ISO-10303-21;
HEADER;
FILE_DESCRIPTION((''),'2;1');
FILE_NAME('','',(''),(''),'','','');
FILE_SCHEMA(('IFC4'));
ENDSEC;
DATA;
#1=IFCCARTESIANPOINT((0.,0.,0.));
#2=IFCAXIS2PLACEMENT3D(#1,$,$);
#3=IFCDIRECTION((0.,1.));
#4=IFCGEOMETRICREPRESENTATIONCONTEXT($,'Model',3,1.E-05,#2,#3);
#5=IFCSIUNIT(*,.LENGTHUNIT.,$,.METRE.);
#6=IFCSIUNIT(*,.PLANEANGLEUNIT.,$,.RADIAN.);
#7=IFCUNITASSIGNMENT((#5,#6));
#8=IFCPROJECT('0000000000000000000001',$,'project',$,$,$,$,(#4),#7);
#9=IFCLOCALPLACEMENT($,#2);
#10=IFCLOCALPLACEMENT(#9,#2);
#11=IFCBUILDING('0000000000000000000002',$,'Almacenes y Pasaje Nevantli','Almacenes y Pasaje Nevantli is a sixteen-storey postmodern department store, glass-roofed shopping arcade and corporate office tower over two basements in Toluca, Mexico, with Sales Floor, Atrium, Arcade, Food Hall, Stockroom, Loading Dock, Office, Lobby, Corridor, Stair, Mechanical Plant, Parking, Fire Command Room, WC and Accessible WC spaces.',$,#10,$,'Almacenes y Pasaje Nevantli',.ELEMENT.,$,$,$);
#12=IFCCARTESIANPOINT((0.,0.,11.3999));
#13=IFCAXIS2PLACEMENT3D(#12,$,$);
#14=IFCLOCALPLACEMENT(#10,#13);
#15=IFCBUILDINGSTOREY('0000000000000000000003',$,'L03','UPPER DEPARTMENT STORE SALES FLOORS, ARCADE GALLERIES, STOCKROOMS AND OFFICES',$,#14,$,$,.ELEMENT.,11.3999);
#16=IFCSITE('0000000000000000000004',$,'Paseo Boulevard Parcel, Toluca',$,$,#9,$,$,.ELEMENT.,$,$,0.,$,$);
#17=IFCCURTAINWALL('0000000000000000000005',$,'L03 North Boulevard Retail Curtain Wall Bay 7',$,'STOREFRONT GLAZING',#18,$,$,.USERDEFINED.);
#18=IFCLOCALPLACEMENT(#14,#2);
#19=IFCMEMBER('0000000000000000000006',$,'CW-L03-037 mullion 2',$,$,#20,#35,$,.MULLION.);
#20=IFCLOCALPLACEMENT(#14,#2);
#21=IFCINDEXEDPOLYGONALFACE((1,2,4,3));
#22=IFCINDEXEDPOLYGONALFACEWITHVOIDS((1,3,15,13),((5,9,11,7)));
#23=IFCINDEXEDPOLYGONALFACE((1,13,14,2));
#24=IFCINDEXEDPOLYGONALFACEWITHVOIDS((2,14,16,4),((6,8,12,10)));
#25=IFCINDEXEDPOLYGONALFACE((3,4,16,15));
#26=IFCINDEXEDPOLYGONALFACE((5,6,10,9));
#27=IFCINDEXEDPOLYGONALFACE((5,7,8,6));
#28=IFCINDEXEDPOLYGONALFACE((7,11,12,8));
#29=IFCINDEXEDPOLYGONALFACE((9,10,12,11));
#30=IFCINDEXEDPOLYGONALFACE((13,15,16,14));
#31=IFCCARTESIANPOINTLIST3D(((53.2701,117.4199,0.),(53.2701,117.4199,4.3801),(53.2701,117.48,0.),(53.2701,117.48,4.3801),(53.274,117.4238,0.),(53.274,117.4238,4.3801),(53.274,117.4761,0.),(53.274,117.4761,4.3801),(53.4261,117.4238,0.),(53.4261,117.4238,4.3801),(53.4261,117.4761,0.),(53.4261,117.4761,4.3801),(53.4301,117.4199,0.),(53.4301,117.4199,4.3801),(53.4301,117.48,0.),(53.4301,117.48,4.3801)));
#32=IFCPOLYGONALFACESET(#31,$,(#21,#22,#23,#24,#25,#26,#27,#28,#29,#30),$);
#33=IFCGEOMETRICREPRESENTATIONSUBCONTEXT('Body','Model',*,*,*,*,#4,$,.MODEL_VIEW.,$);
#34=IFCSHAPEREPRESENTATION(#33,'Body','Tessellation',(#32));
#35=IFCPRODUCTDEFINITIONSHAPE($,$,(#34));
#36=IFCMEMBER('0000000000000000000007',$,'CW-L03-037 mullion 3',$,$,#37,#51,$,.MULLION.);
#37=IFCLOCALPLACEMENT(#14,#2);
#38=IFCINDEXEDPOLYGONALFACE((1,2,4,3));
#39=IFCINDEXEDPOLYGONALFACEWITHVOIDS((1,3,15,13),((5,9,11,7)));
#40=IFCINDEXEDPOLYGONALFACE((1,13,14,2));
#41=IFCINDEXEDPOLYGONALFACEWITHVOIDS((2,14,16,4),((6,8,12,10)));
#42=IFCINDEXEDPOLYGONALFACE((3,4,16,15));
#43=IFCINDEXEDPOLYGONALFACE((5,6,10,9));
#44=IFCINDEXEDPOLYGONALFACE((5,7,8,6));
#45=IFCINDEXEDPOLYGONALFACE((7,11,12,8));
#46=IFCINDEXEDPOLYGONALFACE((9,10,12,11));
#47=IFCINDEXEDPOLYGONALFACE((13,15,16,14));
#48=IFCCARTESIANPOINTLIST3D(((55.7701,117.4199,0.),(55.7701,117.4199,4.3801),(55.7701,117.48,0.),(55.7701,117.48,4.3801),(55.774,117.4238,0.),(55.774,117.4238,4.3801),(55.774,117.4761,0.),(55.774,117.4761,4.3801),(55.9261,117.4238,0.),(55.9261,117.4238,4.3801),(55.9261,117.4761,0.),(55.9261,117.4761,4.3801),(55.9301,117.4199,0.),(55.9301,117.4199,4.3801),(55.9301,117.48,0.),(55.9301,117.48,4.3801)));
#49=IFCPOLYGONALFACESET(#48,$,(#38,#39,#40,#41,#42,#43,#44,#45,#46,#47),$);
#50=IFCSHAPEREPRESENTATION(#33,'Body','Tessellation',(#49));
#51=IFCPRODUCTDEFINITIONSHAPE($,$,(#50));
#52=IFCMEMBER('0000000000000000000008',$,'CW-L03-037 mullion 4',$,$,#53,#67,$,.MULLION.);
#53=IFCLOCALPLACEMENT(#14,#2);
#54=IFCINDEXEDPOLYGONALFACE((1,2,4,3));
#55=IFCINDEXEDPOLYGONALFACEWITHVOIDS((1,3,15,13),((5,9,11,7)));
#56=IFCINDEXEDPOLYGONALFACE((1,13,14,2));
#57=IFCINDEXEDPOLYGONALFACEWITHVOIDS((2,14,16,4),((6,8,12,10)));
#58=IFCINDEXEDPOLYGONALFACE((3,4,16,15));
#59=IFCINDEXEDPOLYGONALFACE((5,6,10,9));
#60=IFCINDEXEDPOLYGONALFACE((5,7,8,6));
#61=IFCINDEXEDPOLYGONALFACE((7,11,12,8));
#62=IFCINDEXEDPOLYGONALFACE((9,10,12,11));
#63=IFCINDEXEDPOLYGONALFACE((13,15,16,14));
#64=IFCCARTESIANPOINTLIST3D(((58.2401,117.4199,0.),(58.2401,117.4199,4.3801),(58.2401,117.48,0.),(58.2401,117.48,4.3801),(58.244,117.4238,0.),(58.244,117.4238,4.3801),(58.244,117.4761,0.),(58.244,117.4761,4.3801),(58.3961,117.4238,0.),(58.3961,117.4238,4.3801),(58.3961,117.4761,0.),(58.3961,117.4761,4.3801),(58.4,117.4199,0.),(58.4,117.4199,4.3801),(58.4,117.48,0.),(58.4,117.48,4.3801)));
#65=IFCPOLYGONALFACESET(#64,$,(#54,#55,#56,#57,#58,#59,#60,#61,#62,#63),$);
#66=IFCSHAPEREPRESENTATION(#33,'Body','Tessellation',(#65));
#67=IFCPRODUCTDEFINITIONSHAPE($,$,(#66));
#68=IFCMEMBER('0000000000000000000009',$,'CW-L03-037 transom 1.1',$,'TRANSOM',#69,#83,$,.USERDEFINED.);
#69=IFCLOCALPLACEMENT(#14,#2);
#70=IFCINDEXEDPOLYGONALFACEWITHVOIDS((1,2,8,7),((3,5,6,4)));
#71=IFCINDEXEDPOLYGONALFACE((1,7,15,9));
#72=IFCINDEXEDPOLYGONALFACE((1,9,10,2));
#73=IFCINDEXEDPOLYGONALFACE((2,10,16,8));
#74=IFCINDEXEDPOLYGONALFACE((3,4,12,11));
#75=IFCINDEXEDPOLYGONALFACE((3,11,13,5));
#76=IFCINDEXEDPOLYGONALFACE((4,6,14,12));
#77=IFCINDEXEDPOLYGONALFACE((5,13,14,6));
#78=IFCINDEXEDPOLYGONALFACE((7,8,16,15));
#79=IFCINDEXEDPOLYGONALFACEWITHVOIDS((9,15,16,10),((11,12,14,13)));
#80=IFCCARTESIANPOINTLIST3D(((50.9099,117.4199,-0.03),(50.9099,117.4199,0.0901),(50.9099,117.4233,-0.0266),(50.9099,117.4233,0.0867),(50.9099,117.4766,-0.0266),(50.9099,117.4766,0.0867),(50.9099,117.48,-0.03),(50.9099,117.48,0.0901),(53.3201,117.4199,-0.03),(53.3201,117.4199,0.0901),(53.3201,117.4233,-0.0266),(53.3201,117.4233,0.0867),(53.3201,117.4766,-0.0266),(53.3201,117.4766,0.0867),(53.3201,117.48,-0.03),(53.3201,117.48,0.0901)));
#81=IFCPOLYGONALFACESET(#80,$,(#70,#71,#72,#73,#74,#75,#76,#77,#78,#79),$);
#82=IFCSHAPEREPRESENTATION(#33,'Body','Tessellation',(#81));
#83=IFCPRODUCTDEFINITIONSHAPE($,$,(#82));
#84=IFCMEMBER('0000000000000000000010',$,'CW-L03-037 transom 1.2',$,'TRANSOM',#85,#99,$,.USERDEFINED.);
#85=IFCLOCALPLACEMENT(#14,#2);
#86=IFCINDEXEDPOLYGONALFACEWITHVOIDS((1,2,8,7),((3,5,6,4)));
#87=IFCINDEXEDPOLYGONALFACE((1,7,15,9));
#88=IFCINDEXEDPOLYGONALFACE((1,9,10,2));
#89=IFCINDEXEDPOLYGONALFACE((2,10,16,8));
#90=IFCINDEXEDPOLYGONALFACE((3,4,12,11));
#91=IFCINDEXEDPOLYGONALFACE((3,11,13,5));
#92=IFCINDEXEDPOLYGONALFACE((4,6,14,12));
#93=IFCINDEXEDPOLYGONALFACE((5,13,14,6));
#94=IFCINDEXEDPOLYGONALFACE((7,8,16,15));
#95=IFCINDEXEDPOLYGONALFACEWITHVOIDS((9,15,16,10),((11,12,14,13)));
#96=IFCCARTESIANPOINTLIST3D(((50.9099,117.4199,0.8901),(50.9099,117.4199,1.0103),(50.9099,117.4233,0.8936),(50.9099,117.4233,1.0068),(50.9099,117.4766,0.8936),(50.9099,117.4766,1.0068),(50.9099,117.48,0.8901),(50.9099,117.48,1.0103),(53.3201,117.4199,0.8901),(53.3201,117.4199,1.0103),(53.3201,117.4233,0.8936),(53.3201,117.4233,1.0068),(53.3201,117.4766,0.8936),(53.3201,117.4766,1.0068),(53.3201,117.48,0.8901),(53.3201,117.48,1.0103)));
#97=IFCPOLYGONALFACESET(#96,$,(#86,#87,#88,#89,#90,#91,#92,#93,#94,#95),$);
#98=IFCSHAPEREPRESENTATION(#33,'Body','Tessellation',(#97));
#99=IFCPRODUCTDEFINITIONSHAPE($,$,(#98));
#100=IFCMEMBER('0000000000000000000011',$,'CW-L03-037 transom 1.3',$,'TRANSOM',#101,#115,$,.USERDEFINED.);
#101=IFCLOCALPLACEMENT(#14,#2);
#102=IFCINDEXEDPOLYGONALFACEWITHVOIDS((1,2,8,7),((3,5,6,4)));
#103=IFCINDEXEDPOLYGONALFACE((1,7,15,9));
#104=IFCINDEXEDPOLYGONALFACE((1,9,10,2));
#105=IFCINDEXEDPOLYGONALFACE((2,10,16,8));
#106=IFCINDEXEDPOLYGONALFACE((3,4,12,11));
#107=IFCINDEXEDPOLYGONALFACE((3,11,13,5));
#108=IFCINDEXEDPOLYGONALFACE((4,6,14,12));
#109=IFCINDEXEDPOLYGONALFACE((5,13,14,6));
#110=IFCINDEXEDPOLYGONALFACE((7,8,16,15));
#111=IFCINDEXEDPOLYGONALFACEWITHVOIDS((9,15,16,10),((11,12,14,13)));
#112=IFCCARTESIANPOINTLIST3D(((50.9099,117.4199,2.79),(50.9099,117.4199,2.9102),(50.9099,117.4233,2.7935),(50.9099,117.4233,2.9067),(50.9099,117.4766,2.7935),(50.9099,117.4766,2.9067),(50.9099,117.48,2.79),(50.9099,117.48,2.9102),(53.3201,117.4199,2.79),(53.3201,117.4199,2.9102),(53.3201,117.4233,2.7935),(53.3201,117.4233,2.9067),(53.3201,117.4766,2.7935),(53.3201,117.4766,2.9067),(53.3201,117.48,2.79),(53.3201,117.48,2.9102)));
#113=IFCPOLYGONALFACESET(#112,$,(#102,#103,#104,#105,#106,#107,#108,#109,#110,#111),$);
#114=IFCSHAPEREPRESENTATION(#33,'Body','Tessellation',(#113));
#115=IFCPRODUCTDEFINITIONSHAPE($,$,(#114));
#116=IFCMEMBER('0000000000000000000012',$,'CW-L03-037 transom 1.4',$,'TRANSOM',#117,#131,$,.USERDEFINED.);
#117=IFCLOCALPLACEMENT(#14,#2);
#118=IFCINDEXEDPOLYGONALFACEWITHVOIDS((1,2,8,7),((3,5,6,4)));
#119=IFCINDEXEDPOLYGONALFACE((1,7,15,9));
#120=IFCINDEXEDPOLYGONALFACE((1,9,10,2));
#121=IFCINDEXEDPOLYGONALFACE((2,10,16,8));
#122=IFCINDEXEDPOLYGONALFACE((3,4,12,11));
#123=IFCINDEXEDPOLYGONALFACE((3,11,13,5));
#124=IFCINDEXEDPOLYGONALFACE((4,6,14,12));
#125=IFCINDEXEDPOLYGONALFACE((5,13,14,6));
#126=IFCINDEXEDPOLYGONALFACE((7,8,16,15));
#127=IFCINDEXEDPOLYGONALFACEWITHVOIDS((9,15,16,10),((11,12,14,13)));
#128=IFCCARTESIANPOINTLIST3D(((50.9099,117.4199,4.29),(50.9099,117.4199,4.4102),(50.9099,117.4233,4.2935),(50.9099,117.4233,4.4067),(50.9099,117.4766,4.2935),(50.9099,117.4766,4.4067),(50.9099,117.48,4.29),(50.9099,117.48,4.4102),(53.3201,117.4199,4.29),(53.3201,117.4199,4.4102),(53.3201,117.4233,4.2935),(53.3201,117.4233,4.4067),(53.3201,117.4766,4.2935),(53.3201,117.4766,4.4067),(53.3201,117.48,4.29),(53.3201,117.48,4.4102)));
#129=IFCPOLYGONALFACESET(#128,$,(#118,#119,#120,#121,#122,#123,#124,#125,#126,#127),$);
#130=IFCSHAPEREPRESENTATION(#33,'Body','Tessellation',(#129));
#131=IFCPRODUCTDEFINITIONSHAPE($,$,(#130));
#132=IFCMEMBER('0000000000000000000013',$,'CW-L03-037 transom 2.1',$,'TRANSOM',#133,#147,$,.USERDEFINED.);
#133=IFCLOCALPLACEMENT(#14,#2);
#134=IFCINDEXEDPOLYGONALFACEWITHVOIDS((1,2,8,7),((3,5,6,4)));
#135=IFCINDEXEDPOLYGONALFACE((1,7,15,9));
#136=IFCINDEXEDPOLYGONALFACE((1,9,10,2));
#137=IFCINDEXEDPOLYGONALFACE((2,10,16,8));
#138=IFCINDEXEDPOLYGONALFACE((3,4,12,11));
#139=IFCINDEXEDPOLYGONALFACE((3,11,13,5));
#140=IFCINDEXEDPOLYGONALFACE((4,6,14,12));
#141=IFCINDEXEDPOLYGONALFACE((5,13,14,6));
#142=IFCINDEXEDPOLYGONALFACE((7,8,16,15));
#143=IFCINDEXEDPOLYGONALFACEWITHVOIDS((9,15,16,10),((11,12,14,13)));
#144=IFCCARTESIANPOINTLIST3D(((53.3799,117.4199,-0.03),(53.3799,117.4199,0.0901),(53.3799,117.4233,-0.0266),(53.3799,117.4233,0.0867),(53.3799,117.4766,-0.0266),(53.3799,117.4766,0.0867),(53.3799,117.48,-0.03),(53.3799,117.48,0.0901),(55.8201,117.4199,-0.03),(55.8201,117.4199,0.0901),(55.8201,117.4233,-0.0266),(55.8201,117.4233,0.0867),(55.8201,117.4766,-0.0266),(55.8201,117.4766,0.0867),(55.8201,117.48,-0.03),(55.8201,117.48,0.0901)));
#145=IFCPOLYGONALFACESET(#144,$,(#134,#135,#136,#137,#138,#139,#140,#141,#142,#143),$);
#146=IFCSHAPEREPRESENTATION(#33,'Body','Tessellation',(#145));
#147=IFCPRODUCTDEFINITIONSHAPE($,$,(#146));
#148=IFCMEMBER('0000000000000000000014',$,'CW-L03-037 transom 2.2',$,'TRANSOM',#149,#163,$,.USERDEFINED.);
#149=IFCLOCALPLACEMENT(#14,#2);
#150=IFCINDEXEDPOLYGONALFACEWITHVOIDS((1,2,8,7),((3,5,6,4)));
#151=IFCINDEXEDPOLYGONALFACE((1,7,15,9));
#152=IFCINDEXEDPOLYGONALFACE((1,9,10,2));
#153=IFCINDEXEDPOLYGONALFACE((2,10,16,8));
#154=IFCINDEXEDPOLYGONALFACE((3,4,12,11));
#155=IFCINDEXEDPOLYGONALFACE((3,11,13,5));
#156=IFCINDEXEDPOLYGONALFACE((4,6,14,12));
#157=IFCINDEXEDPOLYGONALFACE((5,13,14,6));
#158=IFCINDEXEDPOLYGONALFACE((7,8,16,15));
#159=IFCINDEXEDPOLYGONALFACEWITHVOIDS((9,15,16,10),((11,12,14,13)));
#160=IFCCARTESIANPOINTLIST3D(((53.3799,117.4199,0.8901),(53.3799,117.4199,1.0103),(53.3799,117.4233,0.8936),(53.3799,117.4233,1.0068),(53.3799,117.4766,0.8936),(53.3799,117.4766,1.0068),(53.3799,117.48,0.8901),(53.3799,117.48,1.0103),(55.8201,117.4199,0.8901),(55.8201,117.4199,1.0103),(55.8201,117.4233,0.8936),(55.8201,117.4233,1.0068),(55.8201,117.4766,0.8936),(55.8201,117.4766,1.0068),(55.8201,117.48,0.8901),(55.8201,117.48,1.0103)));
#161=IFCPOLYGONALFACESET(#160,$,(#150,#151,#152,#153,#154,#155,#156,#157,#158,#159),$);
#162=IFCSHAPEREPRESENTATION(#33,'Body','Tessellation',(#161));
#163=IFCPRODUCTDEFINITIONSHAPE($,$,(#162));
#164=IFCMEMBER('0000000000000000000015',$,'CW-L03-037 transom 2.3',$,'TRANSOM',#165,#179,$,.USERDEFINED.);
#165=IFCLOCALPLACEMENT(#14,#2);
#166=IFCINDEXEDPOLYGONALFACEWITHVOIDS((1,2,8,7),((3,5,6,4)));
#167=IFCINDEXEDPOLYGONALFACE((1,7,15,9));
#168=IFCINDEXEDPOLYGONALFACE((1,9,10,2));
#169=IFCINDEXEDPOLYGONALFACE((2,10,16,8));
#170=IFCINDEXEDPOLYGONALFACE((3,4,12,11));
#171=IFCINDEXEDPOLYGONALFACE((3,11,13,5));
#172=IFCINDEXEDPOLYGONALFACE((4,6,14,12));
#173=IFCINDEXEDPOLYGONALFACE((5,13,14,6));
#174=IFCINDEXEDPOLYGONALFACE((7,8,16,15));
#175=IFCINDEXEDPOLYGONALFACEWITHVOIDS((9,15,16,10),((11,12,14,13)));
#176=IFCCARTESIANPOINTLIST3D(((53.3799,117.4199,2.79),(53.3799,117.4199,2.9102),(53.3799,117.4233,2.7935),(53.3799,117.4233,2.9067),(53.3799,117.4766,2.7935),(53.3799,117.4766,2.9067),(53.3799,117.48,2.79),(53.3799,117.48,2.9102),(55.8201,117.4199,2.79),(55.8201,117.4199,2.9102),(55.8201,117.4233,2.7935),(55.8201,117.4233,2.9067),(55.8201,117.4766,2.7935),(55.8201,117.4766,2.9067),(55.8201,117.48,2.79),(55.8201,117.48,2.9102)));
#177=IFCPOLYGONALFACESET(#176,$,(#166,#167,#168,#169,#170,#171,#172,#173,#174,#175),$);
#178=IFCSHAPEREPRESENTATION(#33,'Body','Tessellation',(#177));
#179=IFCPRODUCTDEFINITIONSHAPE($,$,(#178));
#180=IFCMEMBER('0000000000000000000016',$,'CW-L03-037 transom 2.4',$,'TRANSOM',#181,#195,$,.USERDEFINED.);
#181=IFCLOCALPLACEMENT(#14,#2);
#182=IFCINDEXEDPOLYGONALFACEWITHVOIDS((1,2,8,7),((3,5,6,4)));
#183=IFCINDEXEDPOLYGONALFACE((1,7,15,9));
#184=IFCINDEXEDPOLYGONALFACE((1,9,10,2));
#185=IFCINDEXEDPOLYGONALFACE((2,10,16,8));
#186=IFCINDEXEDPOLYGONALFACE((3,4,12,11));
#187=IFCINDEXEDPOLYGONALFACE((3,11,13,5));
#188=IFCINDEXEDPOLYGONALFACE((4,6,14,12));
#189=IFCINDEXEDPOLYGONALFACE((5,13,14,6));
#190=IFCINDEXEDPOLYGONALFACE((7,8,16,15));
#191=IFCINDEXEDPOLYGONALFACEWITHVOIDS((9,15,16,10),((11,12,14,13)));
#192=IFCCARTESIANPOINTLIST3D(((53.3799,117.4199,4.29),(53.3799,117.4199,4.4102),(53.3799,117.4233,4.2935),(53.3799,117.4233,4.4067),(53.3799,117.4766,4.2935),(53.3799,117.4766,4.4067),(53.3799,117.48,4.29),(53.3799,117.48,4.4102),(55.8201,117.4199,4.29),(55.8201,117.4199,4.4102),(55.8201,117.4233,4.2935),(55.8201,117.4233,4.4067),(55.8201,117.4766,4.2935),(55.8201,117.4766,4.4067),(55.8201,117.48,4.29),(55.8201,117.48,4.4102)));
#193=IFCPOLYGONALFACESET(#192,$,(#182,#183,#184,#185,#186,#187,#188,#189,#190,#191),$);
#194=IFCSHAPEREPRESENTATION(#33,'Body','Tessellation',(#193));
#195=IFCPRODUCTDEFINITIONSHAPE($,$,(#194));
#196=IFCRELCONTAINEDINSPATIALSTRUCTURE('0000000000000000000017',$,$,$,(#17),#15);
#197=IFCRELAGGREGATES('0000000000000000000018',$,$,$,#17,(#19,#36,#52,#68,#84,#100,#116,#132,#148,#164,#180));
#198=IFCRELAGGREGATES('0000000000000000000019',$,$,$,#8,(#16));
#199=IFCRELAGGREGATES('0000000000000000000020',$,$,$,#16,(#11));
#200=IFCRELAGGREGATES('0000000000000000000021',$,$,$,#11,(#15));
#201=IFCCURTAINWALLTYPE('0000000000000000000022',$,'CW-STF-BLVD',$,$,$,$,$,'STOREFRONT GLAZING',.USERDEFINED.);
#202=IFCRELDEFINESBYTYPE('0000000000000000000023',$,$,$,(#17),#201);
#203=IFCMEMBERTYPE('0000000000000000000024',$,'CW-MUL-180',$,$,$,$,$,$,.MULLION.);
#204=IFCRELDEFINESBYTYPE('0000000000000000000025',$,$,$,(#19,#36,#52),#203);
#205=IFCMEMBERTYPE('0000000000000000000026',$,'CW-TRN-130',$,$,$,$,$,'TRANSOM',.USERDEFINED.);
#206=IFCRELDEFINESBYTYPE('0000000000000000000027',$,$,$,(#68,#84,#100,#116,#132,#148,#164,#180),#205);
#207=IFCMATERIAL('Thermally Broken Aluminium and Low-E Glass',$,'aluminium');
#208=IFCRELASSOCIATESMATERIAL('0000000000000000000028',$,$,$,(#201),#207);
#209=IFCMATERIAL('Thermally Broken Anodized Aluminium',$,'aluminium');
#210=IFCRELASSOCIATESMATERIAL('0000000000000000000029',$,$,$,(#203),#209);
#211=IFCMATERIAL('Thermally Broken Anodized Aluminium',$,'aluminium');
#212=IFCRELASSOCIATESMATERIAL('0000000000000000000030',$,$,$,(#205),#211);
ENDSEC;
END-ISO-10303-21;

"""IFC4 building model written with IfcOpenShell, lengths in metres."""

from ifc_helpers import new_model, si_unit, direction, frame, origin, origin_2d, place, context, subcontext, project, spatial, hollow_rectangle, extrude, material, material_profile, profile_set, type_object, element, aggregate, save


model = new_model("IFC4")

# Units and contexts
model_context = context("Model", 3, precision=1e-05, world=origin(), true_north=direction((0.0, 1.0)))
body_context = subcontext(model_context, "Body", "Model", "MODEL_VIEW")
ifc_project = project(units=[si_unit("LENGTHUNIT", "METRE"), si_unit("PLANEANGLEUNIT", "RADIAN")], contexts=[model_context])

# Site, building, storey
site_placement = place(None, origin())
site = spatial("IfcSite", under=ifc_project, at=site_placement, Name="Paseo Boulevard Parcel, Toluca", CompositionType="ELEMENT", RefElevation=0.0)
building_placement = place(site_placement, origin())
building = spatial("IfcBuilding", under=site, at=building_placement, Name="Almacenes y Pasaje Nevantli", Description="Almacenes y Pasaje Nevantli is a sixteen-storey postmodern department store, glass-roofed shopping arcade and corporate office tower over two basements in Toluca, Mexico, with Sales Floor, Atrium, Arcade, Food Hall, Stockroom, Loading Dock, Office, Lobby, Corridor, Stair, Mechanical Plant, Parking, Fire Command Room, WC and Accessible WC spaces.", LongName="Almacenes y Pasaje Nevantli", CompositionType="ELEMENT")
storey_placement = place(building_placement, frame((0.0, 0.0, 11.3999)))
storey = spatial("IfcBuildingStorey", under=building, at=storey_placement, Name="L03", Description="UPPER DEPARTMENT STORE SALES FLOORS, ARCADE GALLERIES, STOCKROOMS AND OFFICES", CompositionType="ELEMENT", Elevation=11.3999)

# Curtain wall, members
ifc_material_1 = material(Name="Thermally Broken Aluminium and Low-E Glass", Category="aluminium")
curtain_wall_type = type_object("IfcCurtainWallType", Name="CW-STF-BLVD", ElementType="STOREFRONT GLAZING", PredefinedType="USERDEFINED", material=ifc_material_1)
curtain_wall_placement = place(storey_placement, origin())
curtain_wall = element("IfcCurtainWall", 1, at=curtain_wall_placement, inside=storey, type_object=curtain_wall_type, Name="L03 North Boulevard Retail Curtain Wall Bay 7", ObjectType="STOREFRONT GLAZING", PredefinedType="USERDEFINED")
ifc_material_2 = material(Name="Thermally Broken Anodized Aluminium", Category="aluminium")
ifc_material_profile_1 = material_profile(ifc_material_2, hollow_rectangle(XDim=0.0601, YDim=0.1599, WallThickness=0.0039, at=origin_2d()), Name="ALU-MUL-60x160")
ifc_profile_set_1 = profile_set([ifc_material_profile_1], Name="Thermally Broken Anodized Aluminium")
member_type_1 = type_object("IfcMemberType", Name="CW-MUL-180", PredefinedType="MULLION", material=ifc_profile_set_1)
member_1_placement = place(storey_placement, frame((53.3501, 117.45, 0.0), z_axis=(0.0, 0.0, 1.0), x_axis=(0.0, 1.0, 0.0)))
member_1 = element("IfcMember", 2, at=member_1_placement, type_object=member_type_1, Name="CW-L03-037 mullion 2", PredefinedType="MULLION", context=body_context, shape_type="SweptSolid", body=[
    extrude(hollow_rectangle(XDim=0.0601, YDim=0.1599, WallThickness=0.0039, at=origin_2d()), origin(), (0.0, 0.0, 1.0), 4.3801),
])
member_2_placement = place(storey_placement, frame((55.8501, 117.45, 0.0), z_axis=(0.0, 0.0, 1.0), x_axis=(0.0, 1.0, 0.0)))
member_2 = element("IfcMember", 3, at=member_2_placement, type_object=member_type_1, Name="CW-L03-037 mullion 3", PredefinedType="MULLION", context=body_context, shape_type="SweptSolid", body=[
    extrude(hollow_rectangle(XDim=0.0601, YDim=0.1599, WallThickness=0.0039, at=origin_2d()), origin(), (0.0, 0.0, 1.0), 4.3801),
])
member_3_placement = place(storey_placement, frame((58.3201, 117.45, 0.0), z_axis=(0.0, 0.0, 1.0), x_axis=(0.0, 1.0, 0.0)))
member_3 = element("IfcMember", 4, at=member_3_placement, type_object=member_type_1, Name="CW-L03-037 mullion 4", PredefinedType="MULLION", context=body_context, shape_type="SweptSolid", body=[
    extrude(hollow_rectangle(XDim=0.0601, YDim=0.1599, WallThickness=0.0039, at=origin_2d()), origin(), (0.0, 0.0, 1.0), 4.3801),
])
ifc_material_3 = material(Name="Thermally Broken Anodized Aluminium", Category="aluminium")
ifc_material_profile_2 = material_profile(ifc_material_3, hollow_rectangle(XDim=0.0601, YDim=0.1201, WallThickness=0.0034, at=origin_2d()), Name="ALU-TRN-60x120")
ifc_profile_set_2 = profile_set([ifc_material_profile_2], Name="Thermally Broken Anodized Aluminium")
member_type_2 = type_object("IfcMemberType", Name="CW-TRN-130", ElementType="TRANSOM", PredefinedType="USERDEFINED", material=ifc_profile_set_2)
member_4_placement = place(storey_placement, frame((50.9099, 117.45, 0.03), z_axis=(1.0, 0.0, 0.0), x_axis=(0.0, 1.0, 0.0)))
member_4 = element("IfcMember", 5, at=member_4_placement, type_object=member_type_2, Name="CW-L03-037 transom 1.1", ObjectType="TRANSOM", PredefinedType="USERDEFINED", context=body_context, shape_type="SweptSolid", body=[
    extrude(hollow_rectangle(XDim=0.0601, YDim=0.1201, WallThickness=0.0034, at=origin_2d()), origin(), (0.0, 0.0, 1.0), 2.4102),
])
member_5_placement = place(storey_placement, frame((50.9099, 117.45, 0.9502), z_axis=(1.0, 0.0, 0.0), x_axis=(0.0, 1.0, 0.0)))
member_5 = element("IfcMember", 6, at=member_5_placement, type_object=member_type_2, Name="CW-L03-037 transom 1.2", ObjectType="TRANSOM", PredefinedType="USERDEFINED", context=body_context, shape_type="SweptSolid", body=[
    extrude(hollow_rectangle(XDim=0.0601, YDim=0.1201, WallThickness=0.0034, at=origin_2d()), origin(), (0.0, 0.0, 1.0), 2.4102),
])
member_6_placement = place(storey_placement, frame((50.9099, 117.45, 2.8501), z_axis=(1.0, 0.0, 0.0), x_axis=(0.0, 1.0, 0.0)))
member_6 = element("IfcMember", 7, at=member_6_placement, type_object=member_type_2, Name="CW-L03-037 transom 1.3", ObjectType="TRANSOM", PredefinedType="USERDEFINED", context=body_context, shape_type="SweptSolid", body=[
    extrude(hollow_rectangle(XDim=0.0601, YDim=0.1201, WallThickness=0.0034, at=origin_2d()), origin(), (0.0, 0.0, 1.0), 2.4102),
])
member_7_placement = place(storey_placement, frame((50.9099, 117.45, 4.3501), z_axis=(1.0, 0.0, 0.0), x_axis=(0.0, 1.0, 0.0)))
member_7 = element("IfcMember", 8, at=member_7_placement, type_object=member_type_2, Name="CW-L03-037 transom 1.4", ObjectType="TRANSOM", PredefinedType="USERDEFINED", context=body_context, shape_type="SweptSolid", body=[
    extrude(hollow_rectangle(XDim=0.0601, YDim=0.1201, WallThickness=0.0034, at=origin_2d()), origin(), (0.0, 0.0, 1.0), 2.4102),
])
member_8_placement = place(storey_placement, frame((53.3799, 117.45, 0.03), z_axis=(1.0, 0.0, 0.0), x_axis=(0.0, 1.0, 0.0)))
member_8 = element("IfcMember", 9, at=member_8_placement, type_object=member_type_2, Name="CW-L03-037 transom 2.1", ObjectType="TRANSOM", PredefinedType="USERDEFINED", context=body_context, shape_type="SweptSolid", body=[
    extrude(hollow_rectangle(XDim=0.0601, YDim=0.1201, WallThickness=0.0034, at=origin_2d()), origin(), (0.0, 0.0, 1.0), 2.4402),
])
member_9_placement = place(storey_placement, frame((53.3799, 117.45, 0.9502), z_axis=(1.0, 0.0, 0.0), x_axis=(0.0, 1.0, 0.0)))
member_9 = element("IfcMember", 10, at=member_9_placement, type_object=member_type_2, Name="CW-L03-037 transom 2.2", ObjectType="TRANSOM", PredefinedType="USERDEFINED", context=body_context, shape_type="SweptSolid", body=[
    extrude(hollow_rectangle(XDim=0.0601, YDim=0.1201, WallThickness=0.0034, at=origin_2d()), origin(), (0.0, 0.0, 1.0), 2.4402),
])
member_10_placement = place(storey_placement, frame((53.3799, 117.45, 2.8501), z_axis=(1.0, 0.0, 0.0), x_axis=(0.0, 1.0, 0.0)))
member_10 = element("IfcMember", 11, at=member_10_placement, type_object=member_type_2, Name="CW-L03-037 transom 2.3", ObjectType="TRANSOM", PredefinedType="USERDEFINED", context=body_context, shape_type="SweptSolid", body=[
    extrude(hollow_rectangle(XDim=0.0601, YDim=0.1201, WallThickness=0.0034, at=origin_2d()), origin(), (0.0, 0.0, 1.0), 2.4402),
])
member_11_placement = place(storey_placement, frame((53.3799, 117.45, 4.3501), z_axis=(1.0, 0.0, 0.0), x_axis=(0.0, 1.0, 0.0)))
member_11 = element("IfcMember", 12, at=member_11_placement, type_object=member_type_2, Name="CW-L03-037 transom 2.4", ObjectType="TRANSOM", PredefinedType="USERDEFINED", context=body_context, shape_type="SweptSolid", body=[
    extrude(hollow_rectangle(XDim=0.0601, YDim=0.1201, WallThickness=0.0034, at=origin_2d()), origin(), (0.0, 0.0, 1.0), 2.4402),
])
aggregate(curtain_wall, [member_1, member_2, member_3, member_4, member_5, member_6, member_7, member_8, member_9, member_10, member_11])

save(model, "model.ifc")
